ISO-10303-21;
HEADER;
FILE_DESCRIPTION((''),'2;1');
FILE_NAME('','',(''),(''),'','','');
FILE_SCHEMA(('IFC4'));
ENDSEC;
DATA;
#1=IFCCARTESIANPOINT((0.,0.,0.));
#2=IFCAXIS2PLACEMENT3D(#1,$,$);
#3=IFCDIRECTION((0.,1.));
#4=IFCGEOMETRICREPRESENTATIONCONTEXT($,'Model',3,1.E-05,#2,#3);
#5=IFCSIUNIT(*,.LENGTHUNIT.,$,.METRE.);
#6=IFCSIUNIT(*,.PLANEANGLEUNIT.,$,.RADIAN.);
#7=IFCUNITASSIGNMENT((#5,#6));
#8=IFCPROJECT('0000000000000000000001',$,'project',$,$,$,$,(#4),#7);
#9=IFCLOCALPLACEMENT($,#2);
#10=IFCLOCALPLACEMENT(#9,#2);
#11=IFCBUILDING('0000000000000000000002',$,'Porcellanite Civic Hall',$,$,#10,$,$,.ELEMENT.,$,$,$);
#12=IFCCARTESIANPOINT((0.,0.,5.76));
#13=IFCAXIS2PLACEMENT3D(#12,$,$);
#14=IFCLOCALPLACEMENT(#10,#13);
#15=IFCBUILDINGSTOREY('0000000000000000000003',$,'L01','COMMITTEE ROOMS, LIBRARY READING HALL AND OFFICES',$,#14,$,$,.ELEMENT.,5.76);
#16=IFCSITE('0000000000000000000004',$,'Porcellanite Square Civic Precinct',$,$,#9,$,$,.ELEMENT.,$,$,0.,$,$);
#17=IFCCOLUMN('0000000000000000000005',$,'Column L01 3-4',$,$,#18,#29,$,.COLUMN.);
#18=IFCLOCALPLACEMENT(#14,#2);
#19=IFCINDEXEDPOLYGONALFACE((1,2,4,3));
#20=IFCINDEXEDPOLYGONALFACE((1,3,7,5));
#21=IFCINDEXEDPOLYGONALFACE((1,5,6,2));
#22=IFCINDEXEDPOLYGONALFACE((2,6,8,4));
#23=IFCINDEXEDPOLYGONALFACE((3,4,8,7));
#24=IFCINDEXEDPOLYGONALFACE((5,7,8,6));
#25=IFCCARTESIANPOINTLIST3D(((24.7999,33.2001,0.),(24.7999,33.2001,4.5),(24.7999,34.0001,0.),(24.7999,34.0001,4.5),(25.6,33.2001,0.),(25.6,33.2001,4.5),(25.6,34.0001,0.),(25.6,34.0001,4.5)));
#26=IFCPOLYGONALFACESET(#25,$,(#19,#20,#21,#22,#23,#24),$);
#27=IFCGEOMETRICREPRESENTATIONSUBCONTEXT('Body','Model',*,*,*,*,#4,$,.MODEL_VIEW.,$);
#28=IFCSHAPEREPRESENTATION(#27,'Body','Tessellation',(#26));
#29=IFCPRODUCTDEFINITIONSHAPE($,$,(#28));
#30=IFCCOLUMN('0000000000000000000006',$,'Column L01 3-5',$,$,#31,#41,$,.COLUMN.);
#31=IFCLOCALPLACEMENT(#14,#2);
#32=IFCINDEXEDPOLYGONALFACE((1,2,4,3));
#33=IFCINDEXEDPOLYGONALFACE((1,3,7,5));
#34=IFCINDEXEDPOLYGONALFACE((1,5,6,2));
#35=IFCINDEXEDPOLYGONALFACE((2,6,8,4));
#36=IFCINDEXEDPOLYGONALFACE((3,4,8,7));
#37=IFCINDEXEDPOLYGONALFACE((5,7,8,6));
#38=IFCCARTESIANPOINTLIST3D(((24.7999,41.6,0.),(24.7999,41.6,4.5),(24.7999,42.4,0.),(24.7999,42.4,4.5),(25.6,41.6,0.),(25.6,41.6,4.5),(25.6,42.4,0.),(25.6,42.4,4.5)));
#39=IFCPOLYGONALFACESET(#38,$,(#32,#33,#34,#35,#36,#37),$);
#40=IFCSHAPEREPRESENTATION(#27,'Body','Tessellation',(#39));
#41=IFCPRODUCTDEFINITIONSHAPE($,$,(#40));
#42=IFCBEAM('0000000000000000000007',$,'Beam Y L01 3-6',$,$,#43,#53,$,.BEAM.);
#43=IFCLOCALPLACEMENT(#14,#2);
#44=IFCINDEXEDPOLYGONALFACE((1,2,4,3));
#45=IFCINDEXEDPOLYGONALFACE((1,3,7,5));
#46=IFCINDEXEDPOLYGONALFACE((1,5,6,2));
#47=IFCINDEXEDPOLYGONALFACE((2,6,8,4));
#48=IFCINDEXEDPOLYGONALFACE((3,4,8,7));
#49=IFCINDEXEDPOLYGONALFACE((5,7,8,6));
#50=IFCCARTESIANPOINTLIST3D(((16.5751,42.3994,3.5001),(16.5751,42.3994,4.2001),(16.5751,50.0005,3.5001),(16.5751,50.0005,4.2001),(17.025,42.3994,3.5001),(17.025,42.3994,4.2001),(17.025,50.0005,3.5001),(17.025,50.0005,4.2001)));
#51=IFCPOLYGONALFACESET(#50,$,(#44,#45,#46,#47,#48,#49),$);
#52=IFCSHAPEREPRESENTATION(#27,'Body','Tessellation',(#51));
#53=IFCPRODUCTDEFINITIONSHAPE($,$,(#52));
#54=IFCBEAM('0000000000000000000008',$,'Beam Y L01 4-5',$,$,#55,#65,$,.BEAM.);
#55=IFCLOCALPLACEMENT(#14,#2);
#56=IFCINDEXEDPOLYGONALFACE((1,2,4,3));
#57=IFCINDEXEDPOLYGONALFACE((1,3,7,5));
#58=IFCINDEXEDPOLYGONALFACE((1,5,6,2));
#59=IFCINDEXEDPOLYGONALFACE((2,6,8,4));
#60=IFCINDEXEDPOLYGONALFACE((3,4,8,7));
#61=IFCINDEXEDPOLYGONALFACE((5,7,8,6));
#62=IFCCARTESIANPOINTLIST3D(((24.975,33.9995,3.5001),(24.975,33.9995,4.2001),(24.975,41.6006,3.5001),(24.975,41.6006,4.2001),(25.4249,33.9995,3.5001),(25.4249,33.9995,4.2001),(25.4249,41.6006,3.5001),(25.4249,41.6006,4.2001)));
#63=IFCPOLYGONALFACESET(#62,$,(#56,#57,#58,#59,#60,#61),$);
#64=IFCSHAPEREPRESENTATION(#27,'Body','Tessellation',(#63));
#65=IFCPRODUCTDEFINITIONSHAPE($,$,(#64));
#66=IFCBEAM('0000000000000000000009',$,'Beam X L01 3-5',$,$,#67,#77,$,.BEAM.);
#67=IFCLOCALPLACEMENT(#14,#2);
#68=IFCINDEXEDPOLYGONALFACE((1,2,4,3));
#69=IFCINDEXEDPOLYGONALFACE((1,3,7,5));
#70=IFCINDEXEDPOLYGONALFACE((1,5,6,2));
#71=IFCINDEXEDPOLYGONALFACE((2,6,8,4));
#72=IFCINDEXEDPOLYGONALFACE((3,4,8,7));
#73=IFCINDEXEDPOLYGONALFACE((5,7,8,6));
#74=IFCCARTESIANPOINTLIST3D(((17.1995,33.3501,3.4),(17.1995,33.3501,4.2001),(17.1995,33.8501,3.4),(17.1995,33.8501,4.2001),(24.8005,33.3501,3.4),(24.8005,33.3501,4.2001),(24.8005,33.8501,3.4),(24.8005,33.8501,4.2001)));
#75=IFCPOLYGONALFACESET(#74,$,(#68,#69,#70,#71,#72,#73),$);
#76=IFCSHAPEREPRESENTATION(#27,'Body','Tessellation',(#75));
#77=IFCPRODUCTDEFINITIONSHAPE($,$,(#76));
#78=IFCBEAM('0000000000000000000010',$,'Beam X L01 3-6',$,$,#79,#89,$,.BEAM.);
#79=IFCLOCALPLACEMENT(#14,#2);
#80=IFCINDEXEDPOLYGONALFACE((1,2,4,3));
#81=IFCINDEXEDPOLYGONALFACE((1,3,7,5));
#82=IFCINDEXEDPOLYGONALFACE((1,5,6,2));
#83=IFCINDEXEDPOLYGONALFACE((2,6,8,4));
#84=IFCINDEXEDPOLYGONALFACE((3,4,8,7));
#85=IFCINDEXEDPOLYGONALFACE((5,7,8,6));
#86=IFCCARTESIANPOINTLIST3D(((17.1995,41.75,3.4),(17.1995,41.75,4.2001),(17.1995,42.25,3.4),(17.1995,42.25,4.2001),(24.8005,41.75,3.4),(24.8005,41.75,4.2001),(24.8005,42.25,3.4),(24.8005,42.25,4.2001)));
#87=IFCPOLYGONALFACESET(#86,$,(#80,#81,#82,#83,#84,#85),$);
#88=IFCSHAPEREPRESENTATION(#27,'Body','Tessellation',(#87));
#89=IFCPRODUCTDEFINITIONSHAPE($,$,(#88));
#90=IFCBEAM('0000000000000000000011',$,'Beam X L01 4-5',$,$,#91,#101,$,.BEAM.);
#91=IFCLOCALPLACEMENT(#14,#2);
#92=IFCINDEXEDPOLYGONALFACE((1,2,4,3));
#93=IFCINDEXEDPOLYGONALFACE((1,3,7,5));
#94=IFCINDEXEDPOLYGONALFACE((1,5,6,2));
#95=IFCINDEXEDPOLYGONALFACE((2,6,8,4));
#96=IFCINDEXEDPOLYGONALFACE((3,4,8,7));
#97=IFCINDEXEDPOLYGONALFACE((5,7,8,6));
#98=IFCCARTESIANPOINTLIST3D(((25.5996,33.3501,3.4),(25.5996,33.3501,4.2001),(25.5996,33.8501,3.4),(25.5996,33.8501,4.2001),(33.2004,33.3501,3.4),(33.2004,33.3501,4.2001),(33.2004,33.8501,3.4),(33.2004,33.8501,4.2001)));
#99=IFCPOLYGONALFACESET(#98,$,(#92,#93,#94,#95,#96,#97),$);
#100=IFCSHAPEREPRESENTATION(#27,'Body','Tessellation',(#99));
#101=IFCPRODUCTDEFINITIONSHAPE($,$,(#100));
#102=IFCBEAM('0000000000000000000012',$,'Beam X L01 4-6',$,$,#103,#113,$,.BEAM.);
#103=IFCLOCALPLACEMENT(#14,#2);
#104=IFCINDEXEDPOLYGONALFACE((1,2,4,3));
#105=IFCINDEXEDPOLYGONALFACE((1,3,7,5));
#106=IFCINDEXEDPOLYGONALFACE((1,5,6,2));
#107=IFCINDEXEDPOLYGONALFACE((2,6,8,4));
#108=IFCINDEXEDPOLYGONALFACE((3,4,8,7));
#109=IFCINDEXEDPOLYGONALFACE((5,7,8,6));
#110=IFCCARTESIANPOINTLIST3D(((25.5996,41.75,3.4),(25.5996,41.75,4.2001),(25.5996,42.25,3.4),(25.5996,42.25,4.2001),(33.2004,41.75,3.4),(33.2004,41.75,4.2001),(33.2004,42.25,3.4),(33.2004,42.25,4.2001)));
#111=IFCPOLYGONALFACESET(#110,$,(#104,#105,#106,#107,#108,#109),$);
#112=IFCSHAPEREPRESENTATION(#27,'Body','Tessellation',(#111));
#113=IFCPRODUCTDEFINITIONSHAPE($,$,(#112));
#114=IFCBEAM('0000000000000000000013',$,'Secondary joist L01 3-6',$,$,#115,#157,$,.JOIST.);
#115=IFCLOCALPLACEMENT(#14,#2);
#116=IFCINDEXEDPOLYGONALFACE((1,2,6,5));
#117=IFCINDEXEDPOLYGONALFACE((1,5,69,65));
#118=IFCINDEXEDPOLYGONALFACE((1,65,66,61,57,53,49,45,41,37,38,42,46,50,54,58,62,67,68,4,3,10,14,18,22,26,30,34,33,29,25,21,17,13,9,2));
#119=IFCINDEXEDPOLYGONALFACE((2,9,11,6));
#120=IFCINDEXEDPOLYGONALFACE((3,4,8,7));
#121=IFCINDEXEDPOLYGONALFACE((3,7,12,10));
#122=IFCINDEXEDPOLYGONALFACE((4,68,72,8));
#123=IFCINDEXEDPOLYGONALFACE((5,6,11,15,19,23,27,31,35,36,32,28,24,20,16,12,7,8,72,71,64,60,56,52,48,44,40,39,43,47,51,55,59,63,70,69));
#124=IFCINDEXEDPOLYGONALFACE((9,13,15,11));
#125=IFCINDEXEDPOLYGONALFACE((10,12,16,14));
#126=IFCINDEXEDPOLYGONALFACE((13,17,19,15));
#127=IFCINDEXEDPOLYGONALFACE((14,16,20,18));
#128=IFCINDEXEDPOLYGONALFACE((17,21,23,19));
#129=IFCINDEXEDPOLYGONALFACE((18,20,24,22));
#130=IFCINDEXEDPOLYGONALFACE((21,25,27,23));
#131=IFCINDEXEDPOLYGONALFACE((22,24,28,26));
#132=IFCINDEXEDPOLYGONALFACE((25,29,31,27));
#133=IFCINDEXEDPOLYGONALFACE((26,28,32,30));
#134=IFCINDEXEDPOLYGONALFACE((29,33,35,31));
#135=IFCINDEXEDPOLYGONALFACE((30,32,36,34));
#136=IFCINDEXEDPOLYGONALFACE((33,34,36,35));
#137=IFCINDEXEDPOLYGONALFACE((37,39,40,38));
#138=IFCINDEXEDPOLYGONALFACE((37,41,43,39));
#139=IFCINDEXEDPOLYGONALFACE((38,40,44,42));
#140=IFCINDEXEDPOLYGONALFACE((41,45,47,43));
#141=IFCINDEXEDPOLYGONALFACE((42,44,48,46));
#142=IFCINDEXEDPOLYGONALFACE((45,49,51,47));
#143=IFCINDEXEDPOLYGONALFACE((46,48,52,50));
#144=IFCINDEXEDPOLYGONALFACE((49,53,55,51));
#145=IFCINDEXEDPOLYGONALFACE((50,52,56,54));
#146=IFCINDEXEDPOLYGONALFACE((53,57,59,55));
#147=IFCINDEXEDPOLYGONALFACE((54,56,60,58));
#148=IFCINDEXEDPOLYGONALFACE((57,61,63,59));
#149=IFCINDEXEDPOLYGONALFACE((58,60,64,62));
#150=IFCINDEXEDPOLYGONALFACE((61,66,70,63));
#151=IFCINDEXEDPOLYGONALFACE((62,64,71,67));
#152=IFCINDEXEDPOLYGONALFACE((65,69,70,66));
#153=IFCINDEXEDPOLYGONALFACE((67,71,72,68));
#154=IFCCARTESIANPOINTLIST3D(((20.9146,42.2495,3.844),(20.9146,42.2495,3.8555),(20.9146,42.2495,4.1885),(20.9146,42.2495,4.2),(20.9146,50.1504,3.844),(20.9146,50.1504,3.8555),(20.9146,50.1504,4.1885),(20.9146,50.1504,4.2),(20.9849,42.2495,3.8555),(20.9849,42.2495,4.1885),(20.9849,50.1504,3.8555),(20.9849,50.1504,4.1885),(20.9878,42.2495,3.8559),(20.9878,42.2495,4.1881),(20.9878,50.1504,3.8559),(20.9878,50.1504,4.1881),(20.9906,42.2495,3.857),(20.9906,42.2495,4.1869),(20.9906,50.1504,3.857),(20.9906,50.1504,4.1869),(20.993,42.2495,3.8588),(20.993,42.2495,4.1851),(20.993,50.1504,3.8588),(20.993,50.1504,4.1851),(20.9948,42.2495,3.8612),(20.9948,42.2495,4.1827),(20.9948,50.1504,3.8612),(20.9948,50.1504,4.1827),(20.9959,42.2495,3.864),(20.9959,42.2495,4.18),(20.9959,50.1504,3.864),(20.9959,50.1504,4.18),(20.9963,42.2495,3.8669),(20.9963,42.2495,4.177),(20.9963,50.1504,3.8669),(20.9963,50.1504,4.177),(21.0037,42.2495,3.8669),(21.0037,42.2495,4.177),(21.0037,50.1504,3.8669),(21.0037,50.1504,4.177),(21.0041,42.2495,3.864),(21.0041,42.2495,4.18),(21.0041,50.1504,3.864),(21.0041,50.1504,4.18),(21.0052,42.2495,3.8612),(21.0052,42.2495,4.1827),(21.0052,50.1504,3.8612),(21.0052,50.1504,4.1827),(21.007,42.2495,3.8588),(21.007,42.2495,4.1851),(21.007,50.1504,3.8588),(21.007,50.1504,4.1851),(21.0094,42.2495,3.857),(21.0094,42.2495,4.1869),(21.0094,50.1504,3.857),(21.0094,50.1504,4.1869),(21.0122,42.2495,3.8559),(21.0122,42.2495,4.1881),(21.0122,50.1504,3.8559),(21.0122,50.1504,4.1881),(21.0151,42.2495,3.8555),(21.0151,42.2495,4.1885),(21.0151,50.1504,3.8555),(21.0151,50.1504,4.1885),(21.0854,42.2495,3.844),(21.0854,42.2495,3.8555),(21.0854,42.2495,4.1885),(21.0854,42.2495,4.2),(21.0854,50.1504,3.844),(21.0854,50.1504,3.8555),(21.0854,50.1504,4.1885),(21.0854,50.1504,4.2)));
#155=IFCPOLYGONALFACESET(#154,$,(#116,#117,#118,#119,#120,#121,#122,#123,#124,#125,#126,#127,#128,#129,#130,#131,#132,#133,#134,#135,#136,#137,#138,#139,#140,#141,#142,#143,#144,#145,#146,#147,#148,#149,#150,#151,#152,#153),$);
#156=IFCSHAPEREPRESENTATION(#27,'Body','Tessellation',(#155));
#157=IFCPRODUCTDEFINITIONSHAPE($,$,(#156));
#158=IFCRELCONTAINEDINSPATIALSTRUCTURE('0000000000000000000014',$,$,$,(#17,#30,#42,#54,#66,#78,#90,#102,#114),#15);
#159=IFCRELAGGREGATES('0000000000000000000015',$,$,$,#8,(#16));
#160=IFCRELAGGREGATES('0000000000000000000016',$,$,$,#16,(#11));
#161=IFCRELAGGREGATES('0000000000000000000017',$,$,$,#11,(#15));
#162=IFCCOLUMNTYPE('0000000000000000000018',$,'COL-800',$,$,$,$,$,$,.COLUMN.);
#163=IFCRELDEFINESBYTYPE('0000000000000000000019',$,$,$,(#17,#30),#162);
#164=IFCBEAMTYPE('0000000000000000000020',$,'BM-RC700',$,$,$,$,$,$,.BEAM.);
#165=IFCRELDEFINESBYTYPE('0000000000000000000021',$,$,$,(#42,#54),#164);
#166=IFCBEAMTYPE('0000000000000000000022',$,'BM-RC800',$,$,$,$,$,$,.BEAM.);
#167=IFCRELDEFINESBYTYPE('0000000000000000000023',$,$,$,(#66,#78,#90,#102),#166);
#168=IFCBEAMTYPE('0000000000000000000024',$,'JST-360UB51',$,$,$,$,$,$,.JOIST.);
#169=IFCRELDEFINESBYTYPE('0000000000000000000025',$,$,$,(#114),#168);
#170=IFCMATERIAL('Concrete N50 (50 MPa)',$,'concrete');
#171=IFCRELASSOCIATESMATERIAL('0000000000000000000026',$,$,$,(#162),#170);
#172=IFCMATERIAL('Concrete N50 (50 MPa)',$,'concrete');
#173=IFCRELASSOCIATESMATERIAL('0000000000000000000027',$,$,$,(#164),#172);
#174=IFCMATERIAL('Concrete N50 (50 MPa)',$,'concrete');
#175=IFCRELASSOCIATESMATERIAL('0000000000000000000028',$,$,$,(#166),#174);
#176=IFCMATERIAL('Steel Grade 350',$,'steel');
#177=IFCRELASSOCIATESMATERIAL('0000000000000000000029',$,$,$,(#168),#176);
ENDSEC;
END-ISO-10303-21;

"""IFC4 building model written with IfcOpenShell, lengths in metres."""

from ifc_helpers import new_model, si_unit, direction, frame, origin, origin_2d, place, context, subcontext, project, spatial, rectangle, i_section, extrude, material, material_profile, profile_set, type_object, element, save


model = new_model("IFC4")

# Units and contexts
model_context = context("Model", 3, precision=1e-05, world=origin(), true_north=direction((0.0, 1.0)))
body_context = subcontext(model_context, "Body", "Model", "MODEL_VIEW")
ifc_project = project(units=[si_unit("LENGTHUNIT", "METRE"), si_unit("PLANEANGLEUNIT", "RADIAN")], contexts=[model_context])

# Site, building, storey
site_placement = place(None, origin())
site = spatial("IfcSite", under=ifc_project, at=site_placement, Name="Porcellanite Square Civic Precinct", CompositionType="ELEMENT", RefElevation=0.0)
building_placement = place(site_placement, origin())
building = spatial("IfcBuilding", under=site, at=building_placement, Name="Porcellanite Civic Hall", CompositionType="ELEMENT")
storey_placement = place(building_placement, frame((0.0, 0.0, 5.76)))
storey = spatial("IfcBuildingStorey", under=building, at=storey_placement, Name="L01", Description="COMMITTEE ROOMS, LIBRARY READING HALL AND OFFICES", CompositionType="ELEMENT", Elevation=5.76)

# Columns
ifc_material_1 = material(Name="Concrete N50 (50 MPa)", Category="concrete")
ifc_material_profile_1 = material_profile(ifc_material_1, rectangle(XDim=0.8, YDim=0.8, at=origin_2d()), Name="RC-800x800")
ifc_profile_set_1 = profile_set([ifc_material_profile_1], Name="Concrete N50 (50 MPa)")
column_type = type_object("IfcColumnType", Name="COL-800", PredefinedType="COLUMN", material=ifc_profile_set_1)
for number, where, z_axis, x_axis, name in (
    (1, (25.2, 33.6001, 0.0), (0.0, 0.0, 1.0), (1.0, 0.0, 0.0), "Column L01 3-4"),
    (2, (25.2, 42.0, 0.0), (0.0, 0.0, 1.0), (1.0, 0.0, 0.0), "Column L01 3-5"),
):
    element("IfcColumn", number, at=place(storey_placement, frame(where, z_axis=z_axis, x_axis=x_axis)), inside=storey, type_object=column_type, Name=name, PredefinedType="COLUMN", context=body_context, shape_type="SweptSolid", body=[
        extrude(rectangle(XDim=0.8, YDim=0.8, at=origin_2d()), origin(), (0.0, 0.0, 1.0), 4.5),
    ])

# Beams
ifc_material_2 = material(Name="Concrete N50 (50 MPa)", Category="concrete")
ifc_material_profile_2 = material_profile(ifc_material_2, rectangle(XDim=0.45, YDim=0.7, at=origin_2d()), Name="RC-450x700")
ifc_profile_set_2 = profile_set([ifc_material_profile_2], Name="Concrete N50 (50 MPa)")
beam_type_1 = type_object("IfcBeamType", Name="BM-RC700", PredefinedType="BEAM", material=ifc_profile_set_2)
for number, where, z_axis, x_axis, name in (
    (3, (16.8, 42.3994, 3.8501), (0.0, 1.0, 0.0), (-1.0, 0.0, 0.0), "Beam Y L01 3-6"),
    (4, (25.2, 33.9995, 3.8501), (0.0, 1.0, 0.0), (-1.0, 0.0, 0.0), "Beam Y L01 4-5"),
):
    element("IfcBeam", number, at=place(storey_placement, frame(where, z_axis=z_axis, x_axis=x_axis)), inside=storey, type_object=beam_type_1, Name=name, PredefinedType="BEAM", context=body_context, shape_type="SweptSolid", body=[
        extrude(rectangle(XDim=0.45, YDim=0.7, at=origin_2d()), origin(), (0.0, 0.0, 1.0), 7.6011),
    ])
ifc_material_3 = material(Name="Concrete N50 (50 MPa)", Category="concrete")
ifc_material_profile_3 = material_profile(ifc_material_3, rectangle(XDim=0.5, YDim=0.8, at=origin_2d()), Name="RC-500x800")
ifc_profile_set_3 = profile_set([ifc_material_profile_3], Name="Concrete N50 (50 MPa)")
beam_type_2 = type_object("IfcBeamType", Name="BM-RC800", PredefinedType="BEAM", material=ifc_profile_set_3)
for number, where, z_axis, x_axis, name in (
    (5, (17.1995, 33.6001, 3.8), (1.0, 0.0, 0.0), (0.0, 1.0, 0.0), "Beam X L01 3-5"),
    (6, (17.1995, 42.0, 3.8), (1.0, 0.0, 0.0), (0.0, 1.0, 0.0), "Beam X L01 3-6"),
):
    element("IfcBeam", number, at=place(storey_placement, frame(where, z_axis=z_axis, x_axis=x_axis)), inside=storey, type_object=beam_type_2, Name=name, PredefinedType="BEAM", context=body_context, shape_type="SweptSolid", body=[
        extrude(rectangle(XDim=0.5, YDim=0.8, at=origin_2d()), origin(), (0.0, 0.0, 1.0), 7.6011),
    ])
for number, where, z_axis, x_axis, name in (
    (7, (25.5996, 33.6001, 3.8), (1.0, 0.0, 0.0), (0.0, 1.0, 0.0), "Beam X L01 4-5"),
    (8, (25.5996, 42.0, 3.8), (1.0, 0.0, 0.0), (0.0, 1.0, 0.0), "Beam X L01 4-6"),
):
    element("IfcBeam", number, at=place(storey_placement, frame(where, z_axis=z_axis, x_axis=x_axis)), inside=storey, type_object=beam_type_2, Name=name, PredefinedType="BEAM", context=body_context, shape_type="SweptSolid", body=[
        extrude(rectangle(XDim=0.5, YDim=0.8, at=origin_2d()), origin(), (0.0, 0.0, 1.0), 7.6008),
    ])
ifc_material_4 = material(Name="Steel Grade 350", Category="steel")
ifc_material_profile_4 = material_profile(ifc_material_4, i_section(OverallWidth=0.1709, OverallDepth=0.356, WebThickness=0.0073, FlangeThickness=0.0115, FilletRadius=0.0115, at=origin_2d()), Name="360UB50.7")
ifc_profile_set_4 = profile_set([ifc_material_profile_4], Name="Steel Grade 350")
beam_type_3 = type_object("IfcBeamType", Name="JST-360UB51", PredefinedType="JOIST", material=ifc_profile_set_4)
beam_1_placement = place(storey_placement, frame((21.0, 42.2495, 4.022), z_axis=(0.0, 1.0, 0.0), x_axis=(-1.0, 0.0, 0.0)))
element("IfcBeam", 9, at=beam_1_placement, inside=storey, type_object=beam_type_3, Name="Secondary joist L01 3-6", PredefinedType="JOIST", context=body_context, shape_type="SweptSolid", body=[
    extrude(i_section(OverallWidth=0.1709, OverallDepth=0.356, WebThickness=0.0073, FlangeThickness=0.0115, FilletRadius=0.0115, at=origin_2d()), origin(), (0.0, 0.0, 1.0), 7.9009),
])

save(model, "model.ifc")
